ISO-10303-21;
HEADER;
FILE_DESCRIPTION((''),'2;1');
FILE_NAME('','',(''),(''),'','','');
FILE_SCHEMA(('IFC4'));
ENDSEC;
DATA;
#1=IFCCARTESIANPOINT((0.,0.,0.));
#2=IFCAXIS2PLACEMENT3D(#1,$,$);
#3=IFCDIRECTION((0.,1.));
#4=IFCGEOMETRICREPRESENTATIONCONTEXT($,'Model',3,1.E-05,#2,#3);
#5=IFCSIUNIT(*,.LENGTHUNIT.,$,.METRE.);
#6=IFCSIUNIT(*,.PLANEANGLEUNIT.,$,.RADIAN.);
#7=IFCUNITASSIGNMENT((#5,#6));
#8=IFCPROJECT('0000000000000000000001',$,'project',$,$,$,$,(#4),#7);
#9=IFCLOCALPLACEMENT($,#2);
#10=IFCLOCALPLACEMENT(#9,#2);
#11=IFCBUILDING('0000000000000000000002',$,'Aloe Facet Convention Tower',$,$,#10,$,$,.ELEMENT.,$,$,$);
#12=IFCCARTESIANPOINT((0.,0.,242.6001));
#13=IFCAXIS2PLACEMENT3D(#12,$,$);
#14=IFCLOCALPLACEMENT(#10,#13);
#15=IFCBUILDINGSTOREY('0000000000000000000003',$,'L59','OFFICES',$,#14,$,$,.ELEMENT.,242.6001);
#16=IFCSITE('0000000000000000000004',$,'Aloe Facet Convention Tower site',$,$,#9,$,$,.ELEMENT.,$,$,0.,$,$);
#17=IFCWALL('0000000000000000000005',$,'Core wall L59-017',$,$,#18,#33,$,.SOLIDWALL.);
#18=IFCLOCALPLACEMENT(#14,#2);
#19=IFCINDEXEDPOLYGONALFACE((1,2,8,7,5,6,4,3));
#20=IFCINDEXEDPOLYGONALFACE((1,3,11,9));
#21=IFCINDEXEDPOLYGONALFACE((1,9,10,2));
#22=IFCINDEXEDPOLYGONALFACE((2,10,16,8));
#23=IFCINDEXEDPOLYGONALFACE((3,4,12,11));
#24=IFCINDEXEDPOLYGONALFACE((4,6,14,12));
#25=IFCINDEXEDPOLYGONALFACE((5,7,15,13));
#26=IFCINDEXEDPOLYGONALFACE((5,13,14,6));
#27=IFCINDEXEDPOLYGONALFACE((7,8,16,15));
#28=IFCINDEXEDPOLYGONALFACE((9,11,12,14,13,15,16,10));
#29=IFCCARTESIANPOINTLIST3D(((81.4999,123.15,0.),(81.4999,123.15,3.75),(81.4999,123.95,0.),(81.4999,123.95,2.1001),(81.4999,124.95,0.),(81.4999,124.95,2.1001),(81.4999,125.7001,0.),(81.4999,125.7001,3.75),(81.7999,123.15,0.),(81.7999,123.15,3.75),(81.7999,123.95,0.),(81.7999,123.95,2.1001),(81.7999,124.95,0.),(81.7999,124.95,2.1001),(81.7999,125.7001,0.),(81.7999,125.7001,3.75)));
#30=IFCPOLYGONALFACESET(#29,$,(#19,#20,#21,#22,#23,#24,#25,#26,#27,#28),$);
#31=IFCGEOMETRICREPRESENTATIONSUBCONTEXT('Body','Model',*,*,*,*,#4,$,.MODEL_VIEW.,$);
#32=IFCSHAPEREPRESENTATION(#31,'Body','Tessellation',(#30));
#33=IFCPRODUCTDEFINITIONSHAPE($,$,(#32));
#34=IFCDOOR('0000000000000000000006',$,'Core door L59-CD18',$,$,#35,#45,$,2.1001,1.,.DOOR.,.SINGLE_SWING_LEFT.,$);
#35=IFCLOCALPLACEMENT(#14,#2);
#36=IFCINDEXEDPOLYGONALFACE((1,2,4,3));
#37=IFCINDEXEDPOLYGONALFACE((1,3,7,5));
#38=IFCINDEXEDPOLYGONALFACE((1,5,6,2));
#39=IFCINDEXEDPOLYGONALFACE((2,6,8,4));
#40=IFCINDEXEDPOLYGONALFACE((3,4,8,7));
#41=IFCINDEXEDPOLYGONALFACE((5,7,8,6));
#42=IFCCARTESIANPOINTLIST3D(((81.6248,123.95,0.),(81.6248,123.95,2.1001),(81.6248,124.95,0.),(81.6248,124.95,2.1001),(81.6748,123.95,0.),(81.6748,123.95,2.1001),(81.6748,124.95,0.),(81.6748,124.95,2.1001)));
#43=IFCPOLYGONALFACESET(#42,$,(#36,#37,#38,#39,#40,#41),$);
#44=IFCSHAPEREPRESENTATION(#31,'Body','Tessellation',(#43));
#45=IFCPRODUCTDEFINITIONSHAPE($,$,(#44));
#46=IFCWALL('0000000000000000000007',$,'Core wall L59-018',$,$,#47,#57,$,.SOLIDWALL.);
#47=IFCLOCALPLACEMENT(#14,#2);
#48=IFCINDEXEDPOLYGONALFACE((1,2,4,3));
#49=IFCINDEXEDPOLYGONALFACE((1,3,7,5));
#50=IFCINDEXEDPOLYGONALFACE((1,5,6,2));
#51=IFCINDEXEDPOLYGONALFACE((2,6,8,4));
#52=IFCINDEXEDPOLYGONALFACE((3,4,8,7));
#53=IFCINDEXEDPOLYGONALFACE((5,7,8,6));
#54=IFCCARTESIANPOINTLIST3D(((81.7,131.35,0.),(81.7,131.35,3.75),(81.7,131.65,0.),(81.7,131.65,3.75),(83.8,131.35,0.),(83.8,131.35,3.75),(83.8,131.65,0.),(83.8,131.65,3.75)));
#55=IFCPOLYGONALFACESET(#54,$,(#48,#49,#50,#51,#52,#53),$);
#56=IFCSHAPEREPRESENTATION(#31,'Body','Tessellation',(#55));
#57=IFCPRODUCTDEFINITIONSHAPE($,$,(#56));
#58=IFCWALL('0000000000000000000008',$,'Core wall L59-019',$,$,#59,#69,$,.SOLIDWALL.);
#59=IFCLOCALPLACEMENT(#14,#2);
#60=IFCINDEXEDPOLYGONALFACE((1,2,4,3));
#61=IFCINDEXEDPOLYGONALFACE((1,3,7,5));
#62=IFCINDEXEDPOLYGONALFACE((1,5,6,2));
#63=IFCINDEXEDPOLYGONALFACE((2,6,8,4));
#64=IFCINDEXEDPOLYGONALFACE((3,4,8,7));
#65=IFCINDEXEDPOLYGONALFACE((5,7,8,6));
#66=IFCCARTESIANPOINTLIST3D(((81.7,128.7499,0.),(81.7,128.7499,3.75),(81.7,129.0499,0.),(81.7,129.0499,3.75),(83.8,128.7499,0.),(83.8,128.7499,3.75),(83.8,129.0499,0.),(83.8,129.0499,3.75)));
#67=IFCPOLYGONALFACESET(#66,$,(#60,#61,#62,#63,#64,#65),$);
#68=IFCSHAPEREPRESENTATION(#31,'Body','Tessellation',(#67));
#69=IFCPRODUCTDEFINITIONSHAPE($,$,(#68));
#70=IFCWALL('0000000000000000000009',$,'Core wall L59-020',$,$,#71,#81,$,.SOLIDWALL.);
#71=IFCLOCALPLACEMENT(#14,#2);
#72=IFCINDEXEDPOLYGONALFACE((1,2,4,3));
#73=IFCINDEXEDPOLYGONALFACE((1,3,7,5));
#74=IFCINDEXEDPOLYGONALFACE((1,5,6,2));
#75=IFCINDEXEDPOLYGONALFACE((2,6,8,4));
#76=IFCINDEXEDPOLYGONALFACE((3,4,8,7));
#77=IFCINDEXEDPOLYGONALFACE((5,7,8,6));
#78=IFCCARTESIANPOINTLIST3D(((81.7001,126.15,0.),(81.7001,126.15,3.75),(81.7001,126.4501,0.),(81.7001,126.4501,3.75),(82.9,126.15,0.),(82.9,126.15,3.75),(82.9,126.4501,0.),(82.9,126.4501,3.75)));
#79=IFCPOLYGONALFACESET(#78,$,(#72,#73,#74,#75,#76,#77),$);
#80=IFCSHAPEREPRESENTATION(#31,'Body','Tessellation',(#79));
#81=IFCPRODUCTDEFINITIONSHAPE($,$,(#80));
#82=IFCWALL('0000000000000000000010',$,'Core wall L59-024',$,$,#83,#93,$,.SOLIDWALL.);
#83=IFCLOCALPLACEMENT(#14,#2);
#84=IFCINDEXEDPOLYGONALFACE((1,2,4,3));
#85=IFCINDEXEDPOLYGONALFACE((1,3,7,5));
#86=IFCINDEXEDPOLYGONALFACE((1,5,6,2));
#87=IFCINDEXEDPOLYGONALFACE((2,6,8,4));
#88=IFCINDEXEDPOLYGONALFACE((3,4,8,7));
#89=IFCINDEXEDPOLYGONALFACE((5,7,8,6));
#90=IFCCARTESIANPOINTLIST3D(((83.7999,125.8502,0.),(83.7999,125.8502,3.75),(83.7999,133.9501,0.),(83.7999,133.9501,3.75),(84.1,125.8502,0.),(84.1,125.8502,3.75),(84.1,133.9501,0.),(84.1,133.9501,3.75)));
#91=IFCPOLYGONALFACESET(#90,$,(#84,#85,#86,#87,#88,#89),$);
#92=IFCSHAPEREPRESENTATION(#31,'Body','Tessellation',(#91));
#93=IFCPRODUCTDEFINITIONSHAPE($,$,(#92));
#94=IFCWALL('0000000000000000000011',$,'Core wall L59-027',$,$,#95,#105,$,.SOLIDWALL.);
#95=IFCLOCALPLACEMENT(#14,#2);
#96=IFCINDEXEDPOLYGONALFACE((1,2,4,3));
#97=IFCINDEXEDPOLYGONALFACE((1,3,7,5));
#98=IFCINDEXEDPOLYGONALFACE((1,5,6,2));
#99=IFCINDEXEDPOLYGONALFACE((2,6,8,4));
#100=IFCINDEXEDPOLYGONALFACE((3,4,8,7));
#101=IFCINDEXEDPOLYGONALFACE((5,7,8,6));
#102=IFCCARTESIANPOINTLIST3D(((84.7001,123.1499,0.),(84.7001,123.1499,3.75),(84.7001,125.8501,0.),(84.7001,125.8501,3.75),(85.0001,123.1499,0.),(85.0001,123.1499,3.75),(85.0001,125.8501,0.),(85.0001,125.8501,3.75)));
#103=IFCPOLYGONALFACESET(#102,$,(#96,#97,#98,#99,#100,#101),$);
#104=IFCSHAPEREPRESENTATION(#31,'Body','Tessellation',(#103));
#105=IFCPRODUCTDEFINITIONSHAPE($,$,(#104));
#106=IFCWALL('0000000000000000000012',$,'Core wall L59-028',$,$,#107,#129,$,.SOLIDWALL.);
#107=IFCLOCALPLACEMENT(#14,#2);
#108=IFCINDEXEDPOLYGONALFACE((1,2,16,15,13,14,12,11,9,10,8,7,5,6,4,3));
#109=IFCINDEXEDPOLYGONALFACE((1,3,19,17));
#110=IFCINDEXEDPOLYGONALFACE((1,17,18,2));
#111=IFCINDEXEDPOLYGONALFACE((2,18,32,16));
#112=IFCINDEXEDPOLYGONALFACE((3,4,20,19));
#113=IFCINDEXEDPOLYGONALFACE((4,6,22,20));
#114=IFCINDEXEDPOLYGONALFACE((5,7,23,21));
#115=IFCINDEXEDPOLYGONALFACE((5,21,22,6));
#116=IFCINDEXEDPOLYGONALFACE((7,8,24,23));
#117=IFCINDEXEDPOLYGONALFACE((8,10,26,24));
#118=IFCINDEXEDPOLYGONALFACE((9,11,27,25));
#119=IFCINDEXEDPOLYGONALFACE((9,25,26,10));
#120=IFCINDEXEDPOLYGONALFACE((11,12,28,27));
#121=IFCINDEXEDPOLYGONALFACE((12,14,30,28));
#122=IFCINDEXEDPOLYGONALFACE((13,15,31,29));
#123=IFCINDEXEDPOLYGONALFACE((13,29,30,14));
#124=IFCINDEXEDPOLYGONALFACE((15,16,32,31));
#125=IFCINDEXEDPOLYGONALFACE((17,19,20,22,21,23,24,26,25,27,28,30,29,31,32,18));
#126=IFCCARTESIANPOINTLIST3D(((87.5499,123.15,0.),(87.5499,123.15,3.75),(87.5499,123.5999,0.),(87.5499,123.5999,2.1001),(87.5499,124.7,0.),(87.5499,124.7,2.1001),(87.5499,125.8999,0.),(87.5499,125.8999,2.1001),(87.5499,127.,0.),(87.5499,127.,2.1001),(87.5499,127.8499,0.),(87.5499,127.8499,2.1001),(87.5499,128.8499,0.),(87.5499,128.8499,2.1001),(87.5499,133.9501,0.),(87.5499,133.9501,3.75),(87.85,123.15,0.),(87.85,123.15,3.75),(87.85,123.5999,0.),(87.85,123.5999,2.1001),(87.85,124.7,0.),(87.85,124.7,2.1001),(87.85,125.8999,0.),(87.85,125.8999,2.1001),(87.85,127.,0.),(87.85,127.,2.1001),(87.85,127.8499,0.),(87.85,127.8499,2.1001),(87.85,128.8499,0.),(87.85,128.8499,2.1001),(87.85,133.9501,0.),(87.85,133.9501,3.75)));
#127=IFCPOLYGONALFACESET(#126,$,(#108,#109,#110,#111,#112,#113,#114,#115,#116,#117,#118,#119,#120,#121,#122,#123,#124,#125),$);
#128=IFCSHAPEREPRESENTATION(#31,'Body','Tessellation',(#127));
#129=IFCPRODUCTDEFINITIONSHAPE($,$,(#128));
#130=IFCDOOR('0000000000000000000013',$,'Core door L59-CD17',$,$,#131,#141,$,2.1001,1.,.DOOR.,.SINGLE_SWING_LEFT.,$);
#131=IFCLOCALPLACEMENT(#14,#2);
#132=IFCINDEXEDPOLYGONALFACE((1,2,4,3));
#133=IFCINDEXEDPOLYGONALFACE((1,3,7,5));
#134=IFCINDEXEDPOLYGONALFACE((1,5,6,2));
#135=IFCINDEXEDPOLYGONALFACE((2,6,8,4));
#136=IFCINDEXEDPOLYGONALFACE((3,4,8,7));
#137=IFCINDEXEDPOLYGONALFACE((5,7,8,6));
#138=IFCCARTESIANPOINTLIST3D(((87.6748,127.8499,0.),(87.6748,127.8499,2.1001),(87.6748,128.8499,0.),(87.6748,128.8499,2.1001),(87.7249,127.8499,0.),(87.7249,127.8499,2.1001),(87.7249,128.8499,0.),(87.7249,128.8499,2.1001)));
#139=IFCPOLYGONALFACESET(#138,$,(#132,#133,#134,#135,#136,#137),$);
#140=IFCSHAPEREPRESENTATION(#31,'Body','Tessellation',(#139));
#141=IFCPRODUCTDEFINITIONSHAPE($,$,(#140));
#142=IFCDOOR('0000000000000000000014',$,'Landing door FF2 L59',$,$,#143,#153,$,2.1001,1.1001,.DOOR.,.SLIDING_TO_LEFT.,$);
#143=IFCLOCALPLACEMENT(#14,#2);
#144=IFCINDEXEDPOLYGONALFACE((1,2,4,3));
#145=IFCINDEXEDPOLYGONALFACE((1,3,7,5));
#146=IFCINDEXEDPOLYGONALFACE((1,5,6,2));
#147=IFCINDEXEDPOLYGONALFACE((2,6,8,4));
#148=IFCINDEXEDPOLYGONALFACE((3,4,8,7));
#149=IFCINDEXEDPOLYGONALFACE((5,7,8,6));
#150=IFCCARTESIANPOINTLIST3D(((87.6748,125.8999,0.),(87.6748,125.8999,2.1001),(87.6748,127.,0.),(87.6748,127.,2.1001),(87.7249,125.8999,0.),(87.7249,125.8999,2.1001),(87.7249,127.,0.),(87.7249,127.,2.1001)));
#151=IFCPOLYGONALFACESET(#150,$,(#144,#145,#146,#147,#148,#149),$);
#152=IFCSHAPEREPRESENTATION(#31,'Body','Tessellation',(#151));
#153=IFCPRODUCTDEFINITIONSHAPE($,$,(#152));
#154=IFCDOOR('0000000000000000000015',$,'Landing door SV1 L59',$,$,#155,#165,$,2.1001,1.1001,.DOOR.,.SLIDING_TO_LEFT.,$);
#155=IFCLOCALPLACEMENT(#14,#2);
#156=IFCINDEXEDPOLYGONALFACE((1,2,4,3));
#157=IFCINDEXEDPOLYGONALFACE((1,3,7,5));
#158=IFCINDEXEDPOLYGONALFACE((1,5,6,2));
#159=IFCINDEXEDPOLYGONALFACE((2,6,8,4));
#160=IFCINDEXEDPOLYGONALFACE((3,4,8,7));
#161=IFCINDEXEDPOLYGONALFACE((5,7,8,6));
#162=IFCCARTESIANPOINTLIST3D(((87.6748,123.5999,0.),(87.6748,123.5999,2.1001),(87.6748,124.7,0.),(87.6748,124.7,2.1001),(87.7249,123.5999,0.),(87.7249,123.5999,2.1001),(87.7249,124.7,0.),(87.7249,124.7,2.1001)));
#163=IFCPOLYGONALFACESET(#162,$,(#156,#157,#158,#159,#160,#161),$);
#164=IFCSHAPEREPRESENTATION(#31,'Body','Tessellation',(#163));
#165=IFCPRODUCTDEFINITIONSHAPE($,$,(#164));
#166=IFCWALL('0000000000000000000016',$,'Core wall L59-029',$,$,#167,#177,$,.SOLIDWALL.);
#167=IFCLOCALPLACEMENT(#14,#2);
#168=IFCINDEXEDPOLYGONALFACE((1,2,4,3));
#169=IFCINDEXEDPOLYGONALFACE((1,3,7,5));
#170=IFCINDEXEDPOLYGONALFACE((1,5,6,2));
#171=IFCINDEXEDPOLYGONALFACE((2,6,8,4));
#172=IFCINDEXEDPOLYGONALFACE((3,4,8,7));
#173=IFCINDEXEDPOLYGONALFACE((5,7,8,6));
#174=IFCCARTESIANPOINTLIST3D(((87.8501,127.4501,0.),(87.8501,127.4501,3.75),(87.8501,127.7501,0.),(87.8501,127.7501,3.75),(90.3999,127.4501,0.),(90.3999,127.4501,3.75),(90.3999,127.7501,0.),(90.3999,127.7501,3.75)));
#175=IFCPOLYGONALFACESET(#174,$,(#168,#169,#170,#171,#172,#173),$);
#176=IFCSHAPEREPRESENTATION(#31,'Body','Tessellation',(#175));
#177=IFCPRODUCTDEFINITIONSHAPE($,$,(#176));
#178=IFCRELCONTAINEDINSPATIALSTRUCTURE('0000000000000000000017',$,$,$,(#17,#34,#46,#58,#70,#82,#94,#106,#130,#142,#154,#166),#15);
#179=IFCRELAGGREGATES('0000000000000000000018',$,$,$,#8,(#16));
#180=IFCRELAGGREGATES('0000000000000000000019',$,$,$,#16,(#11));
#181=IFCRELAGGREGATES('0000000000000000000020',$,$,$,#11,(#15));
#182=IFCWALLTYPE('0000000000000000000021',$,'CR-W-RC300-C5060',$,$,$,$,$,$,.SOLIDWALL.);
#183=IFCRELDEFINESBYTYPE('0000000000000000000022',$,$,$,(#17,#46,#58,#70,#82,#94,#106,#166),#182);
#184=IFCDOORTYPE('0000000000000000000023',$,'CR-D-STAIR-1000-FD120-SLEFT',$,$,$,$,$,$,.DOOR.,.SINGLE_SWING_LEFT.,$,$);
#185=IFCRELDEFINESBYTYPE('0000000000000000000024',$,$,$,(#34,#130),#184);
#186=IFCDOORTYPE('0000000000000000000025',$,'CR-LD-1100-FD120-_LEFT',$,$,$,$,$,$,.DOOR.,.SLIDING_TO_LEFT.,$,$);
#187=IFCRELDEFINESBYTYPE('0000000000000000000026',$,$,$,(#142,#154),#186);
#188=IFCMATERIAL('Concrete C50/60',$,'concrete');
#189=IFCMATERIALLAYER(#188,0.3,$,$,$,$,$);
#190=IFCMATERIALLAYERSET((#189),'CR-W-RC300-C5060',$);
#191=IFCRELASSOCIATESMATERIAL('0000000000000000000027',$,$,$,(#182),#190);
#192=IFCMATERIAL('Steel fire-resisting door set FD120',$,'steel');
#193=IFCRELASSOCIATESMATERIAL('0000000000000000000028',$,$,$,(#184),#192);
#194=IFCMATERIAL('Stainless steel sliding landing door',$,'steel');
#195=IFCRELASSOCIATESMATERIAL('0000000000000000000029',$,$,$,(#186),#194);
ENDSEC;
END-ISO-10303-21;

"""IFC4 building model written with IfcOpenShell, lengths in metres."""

from ifc_helpers import new_model, si_unit, direction, frame, frame_2d, origin, place, context, subcontext, project, spatial, rectangle, extrude, material, layer, layer_set, type_object, element, fill, save


model = new_model("IFC4")

# Units and contexts
model_context = context("Model", 3, precision=1e-05, world=origin(), true_north=direction((0.0, 1.0)))
body_context = subcontext(model_context, "Body", "Model", "MODEL_VIEW")
ifc_project = project(units=[si_unit("LENGTHUNIT", "METRE"), si_unit("PLANEANGLEUNIT", "RADIAN")], contexts=[model_context])

# Site, building, storey
site_placement = place(None, origin())
site = spatial("IfcSite", under=ifc_project, at=site_placement, Name="Aloe Facet Convention Tower site", CompositionType="ELEMENT", RefElevation=0.0)
building_placement = place(site_placement, origin())
building = spatial("IfcBuilding", under=site, at=building_placement, Name="Aloe Facet Convention Tower", CompositionType="ELEMENT")
storey_placement = place(building_placement, frame((0.0, 0.0, 242.6001)))
storey = spatial("IfcBuildingStorey", under=building, at=storey_placement, Name="L59", Description="OFFICES", CompositionType="ELEMENT", Elevation=242.6001)

# Shared definitions
ifc_material_1 = material(Name="Concrete C50/60", Category="concrete")
ifc_layer_1 = layer(ifc_material_1, 0.3)
ifc_layer_set_1 = layer_set([ifc_layer_1], Name="CR-W-RC300-C5060")
wall_type_1 = type_object("IfcWallType", Name="CR-W-RC300-C5060", PredefinedType="SOLIDWALL", material=ifc_layer_set_1)

# Wall, opening, door
wall_1_placement = place(storey_placement, frame((81.6499, 125.7, 0.0), z_axis=(0.0, 0.0, 1.0), x_axis=(0.0, -1.0, 0.0)))
wall_1 = element("IfcWall", 1, at=wall_1_placement, inside=storey, type_object=wall_type_1, Name="Core wall L59-017", PredefinedType="SOLIDWALL", context=body_context, shape_type="SweptSolid", body=[
    extrude(rectangle(XDim=2.55, YDim=0.3, at=frame_2d((1.2749, 0.0))), origin(), (0.0, 0.0, 1.0), 3.75),
])
opening_1_placement = place(wall_1_placement, frame((0.75, 0.0, 0.0)))
opening_1 = element("IfcOpeningElement", 2, at=opening_1_placement, cuts=wall_1, PredefinedType="OPENING", context=body_context, shape_type="SweptSolid", body=[
    extrude(rectangle(XDim=1.0, YDim=2.1001, at=frame_2d((0.5, 1.05))), frame((0.0, 0.1602, 0.0), z_axis=(0.0, -1.0, 0.0), x_axis=(1.0, 0.0, 0.0)), (0.0, 0.0, 1.0), 0.3201),
])
ifc_material_2 = material(Name="Steel fire-resisting door set FD120", Category="steel")
door_type_1 = type_object("IfcDoorType", Name="CR-D-STAIR-1000-FD120-SLEFT", OperationType="SINGLE_SWING_LEFT", PredefinedType="DOOR", material=ifc_material_2)
door_1_placement = place(opening_1_placement, origin())
door_1 = element("IfcDoor", 3, at=door_1_placement, inside=storey, type_object=door_type_1, Name="Core door L59-CD18", OperationType="SINGLE_SWING_LEFT", OverallHeight=2.1001, OverallWidth=1.0, PredefinedType="DOOR", context=body_context, shape_type="SweptSolid", body=[
    extrude(rectangle(XDim=1.0, YDim=2.1001, at=frame_2d((0.5, 1.05))), frame((0.0, 0.0249, 0.0), z_axis=(0.0, -1.0, 0.0), x_axis=(1.0, 0.0, 0.0)), (0.0, 0.0, 1.0), 0.05),
])
fill(opening_1, door_1)

# Walls
for number, where, z_axis, x_axis, name in (
    (4, (81.7, 131.5, 0.0), (0.0, 0.0, 1.0), (1.0, 0.0, 0.0), "Core wall L59-018"),
    (5, (81.7, 128.8999, 0.0), (0.0, 0.0, 1.0), (1.0, 0.0, 0.0), "Core wall L59-019"),
):
    element("IfcWall", number, at=place(storey_placement, frame(where, z_axis=z_axis, x_axis=x_axis)), inside=storey, type_object=wall_type_1, Name=name, PredefinedType="SOLIDWALL", context=body_context, shape_type="SweptSolid", body=[
        extrude(rectangle(XDim=2.1001, YDim=0.3, at=frame_2d((1.05, 0.0))), origin(), (0.0, 0.0, 1.0), 3.75),
    ])
wall_2_placement = place(storey_placement, frame((81.7, 126.3, 0.0), z_axis=(0.0, 0.0, 1.0), x_axis=(1.0, 0.0, 0.0)))
element("IfcWall", 6, at=wall_2_placement, inside=storey, type_object=wall_type_1, Name="Core wall L59-020", PredefinedType="SOLIDWALL", context=body_context, shape_type="SweptSolid", body=[
    extrude(rectangle(XDim=1.2, YDim=0.3, at=frame_2d((0.6001, 0.0))), origin(), (0.0, 0.0, 1.0), 3.75),
])
wall_3_placement = place(storey_placement, frame((83.95, 133.95, 0.0), z_axis=(0.0, 0.0, 1.0), x_axis=(0.0, -1.0, 0.0)))
element("IfcWall", 7, at=wall_3_placement, inside=storey, type_object=wall_type_1, Name="Core wall L59-024", PredefinedType="SOLIDWALL", context=body_context, shape_type="SweptSolid", body=[
    extrude(rectangle(XDim=8.0999, YDim=0.3, at=frame_2d((4.0498, 0.0))), origin(), (0.0, 0.0, 1.0), 3.75),
])
wall_4_placement = place(storey_placement, frame((84.8501, 125.8501, 0.0), z_axis=(0.0, 0.0, 1.0), x_axis=(0.0, -1.0, 0.0)))
element("IfcWall", 8, at=wall_4_placement, inside=storey, type_object=wall_type_1, Name="Core wall L59-027", PredefinedType="SOLIDWALL", context=body_context, shape_type="SweptSolid", body=[
    extrude(rectangle(XDim=2.7002, YDim=0.3, at=frame_2d((1.3501, 0.0))), origin(), (0.0, 0.0, 1.0), 3.75),
])

# Wall, openings, doors
wall_5_placement = place(storey_placement, frame((87.7, 133.95, 0.0), z_axis=(0.0, 0.0, 1.0), x_axis=(0.0, -1.0, 0.0)))
wall_5 = element("IfcWall", 9, at=wall_5_placement, inside=storey, type_object=wall_type_1, Name="Core wall L59-028", PredefinedType="SOLIDWALL", context=body_context, shape_type="SweptSolid", body=[
    extrude(rectangle(XDim=10.8, YDim=0.3, at=frame_2d((5.3999, 0.0))), origin(), (0.0, 0.0, 1.0), 3.75),
])
opening_2_placement = place(wall_5_placement, frame((6.95, 0.0, 0.0)))
opening_2 = element("IfcOpeningElement", 10, at=opening_2_placement, cuts=wall_5, PredefinedType="OPENING", context=body_context, shape_type="SweptSolid", body=[
    extrude(rectangle(XDim=1.1001, YDim=2.1001, at=frame_2d((0.55, 1.05))), frame((0.0, 0.1602, 0.0), z_axis=(0.0, -1.0, 0.0), x_axis=(1.0, 0.0, 0.0)), (0.0, 0.0, 1.0), 0.3201),
])
opening_3_placement = place(wall_5_placement, frame((5.1001, 0.0, 0.0)))
opening_3 = element("IfcOpeningElement", 11, at=opening_3_placement, cuts=wall_5, PredefinedType="OPENING", context=body_context, shape_type="SweptSolid", body=[
    extrude(rectangle(XDim=1.0, YDim=2.1001, at=frame_2d((0.5, 1.05))), frame((0.0, 0.1602, 0.0), z_axis=(0.0, -1.0, 0.0), x_axis=(1.0, 0.0, 0.0)), (0.0, 0.0, 1.0), 0.3201),
])
opening_4_placement = place(wall_5_placement, frame((9.25, 0.0, 0.0)))
opening_4 = element("IfcOpeningElement", 12, at=opening_4_placement, cuts=wall_5, PredefinedType="OPENING", context=body_context, shape_type="SweptSolid", body=[
    extrude(rectangle(XDim=1.1001, YDim=2.1001, at=frame_2d((0.55, 1.05))), frame((0.0, 0.1602, 0.0), z_axis=(0.0, -1.0, 0.0), x_axis=(1.0, 0.0, 0.0)), (0.0, 0.0, 1.0), 0.3201),
])
door_2_placement = place(opening_3_placement, origin())
door_2 = element("IfcDoor", 13, at=door_2_placement, inside=storey, type_object=door_type_1, Name="Core door L59-CD17", OperationType="SINGLE_SWING_LEFT", OverallHeight=2.1001, OverallWidth=1.0, PredefinedType="DOOR", context=body_context, shape_type="SweptSolid", body=[
    extrude(rectangle(XDim=1.0, YDim=2.1001, at=frame_2d((0.5, 1.05))), frame((0.0, 0.0249, 0.0), z_axis=(0.0, -1.0, 0.0), x_axis=(1.0, 0.0, 0.0)), (0.0, 0.0, 1.0), 0.05),
])
fill(opening_3, door_2)
ifc_material_3 = material(Name="Stainless steel sliding landing door", Category="steel")
door_type_2 = type_object("IfcDoorType", Name="CR-LD-1100-FD120-_LEFT", OperationType="SLIDING_TO_LEFT", PredefinedType="DOOR", material=ifc_material_3)
door_3_placement = place(opening_2_placement, origin())
door_3 = element("IfcDoor", 14, at=door_3_placement, inside=storey, type_object=door_type_2, Name="Landing door FF2 L59", OperationType="SLIDING_TO_LEFT", OverallHeight=2.1001, OverallWidth=1.1001, PredefinedType="DOOR", context=body_context, shape_type="SweptSolid", body=[
    extrude(rectangle(XDim=1.1001, YDim=2.1001, at=frame_2d((0.55, 1.05))), frame((0.0, 0.0249, 0.0), z_axis=(0.0, -1.0, 0.0), x_axis=(1.0, 0.0, 0.0)), (0.0, 0.0, 1.0), 0.05),
])
fill(opening_2, door_3)
door_4_placement = place(opening_4_placement, origin())
door_4 = element("IfcDoor", 15, at=door_4_placement, inside=storey, type_object=door_type_2, Name="Landing door SV1 L59", OperationType="SLIDING_TO_LEFT", OverallHeight=2.1001, OverallWidth=1.1001, PredefinedType="DOOR", context=body_context, shape_type="SweptSolid", body=[
    extrude(rectangle(XDim=1.1001, YDim=2.1001, at=frame_2d((0.55, 1.05))), frame((0.0, 0.0249, 0.0), z_axis=(0.0, -1.0, 0.0), x_axis=(1.0, 0.0, 0.0)), (0.0, 0.0, 1.0), 0.05),
])
fill(opening_4, door_4)

# Wall
for number, where, z_axis, x_axis, name in (
    (16, (87.8501, 127.6001, 0.0), (0.0, 0.0, 1.0), (1.0, 0.0, 0.0), "Core wall L59-029"),
):
    element("IfcWall", number, at=place(storey_placement, frame(where, z_axis=z_axis, x_axis=x_axis)), inside=storey, type_object=wall_type_1, Name=name, PredefinedType="SOLIDWALL", context=body_context, shape_type="SweptSolid", body=[
        extrude(rectangle(XDim=2.5498, YDim=0.3, at=frame_2d((1.2749, 0.0))), origin(), (0.0, 0.0, 1.0), 3.75),
    ])

save(model, "model.ifc")
